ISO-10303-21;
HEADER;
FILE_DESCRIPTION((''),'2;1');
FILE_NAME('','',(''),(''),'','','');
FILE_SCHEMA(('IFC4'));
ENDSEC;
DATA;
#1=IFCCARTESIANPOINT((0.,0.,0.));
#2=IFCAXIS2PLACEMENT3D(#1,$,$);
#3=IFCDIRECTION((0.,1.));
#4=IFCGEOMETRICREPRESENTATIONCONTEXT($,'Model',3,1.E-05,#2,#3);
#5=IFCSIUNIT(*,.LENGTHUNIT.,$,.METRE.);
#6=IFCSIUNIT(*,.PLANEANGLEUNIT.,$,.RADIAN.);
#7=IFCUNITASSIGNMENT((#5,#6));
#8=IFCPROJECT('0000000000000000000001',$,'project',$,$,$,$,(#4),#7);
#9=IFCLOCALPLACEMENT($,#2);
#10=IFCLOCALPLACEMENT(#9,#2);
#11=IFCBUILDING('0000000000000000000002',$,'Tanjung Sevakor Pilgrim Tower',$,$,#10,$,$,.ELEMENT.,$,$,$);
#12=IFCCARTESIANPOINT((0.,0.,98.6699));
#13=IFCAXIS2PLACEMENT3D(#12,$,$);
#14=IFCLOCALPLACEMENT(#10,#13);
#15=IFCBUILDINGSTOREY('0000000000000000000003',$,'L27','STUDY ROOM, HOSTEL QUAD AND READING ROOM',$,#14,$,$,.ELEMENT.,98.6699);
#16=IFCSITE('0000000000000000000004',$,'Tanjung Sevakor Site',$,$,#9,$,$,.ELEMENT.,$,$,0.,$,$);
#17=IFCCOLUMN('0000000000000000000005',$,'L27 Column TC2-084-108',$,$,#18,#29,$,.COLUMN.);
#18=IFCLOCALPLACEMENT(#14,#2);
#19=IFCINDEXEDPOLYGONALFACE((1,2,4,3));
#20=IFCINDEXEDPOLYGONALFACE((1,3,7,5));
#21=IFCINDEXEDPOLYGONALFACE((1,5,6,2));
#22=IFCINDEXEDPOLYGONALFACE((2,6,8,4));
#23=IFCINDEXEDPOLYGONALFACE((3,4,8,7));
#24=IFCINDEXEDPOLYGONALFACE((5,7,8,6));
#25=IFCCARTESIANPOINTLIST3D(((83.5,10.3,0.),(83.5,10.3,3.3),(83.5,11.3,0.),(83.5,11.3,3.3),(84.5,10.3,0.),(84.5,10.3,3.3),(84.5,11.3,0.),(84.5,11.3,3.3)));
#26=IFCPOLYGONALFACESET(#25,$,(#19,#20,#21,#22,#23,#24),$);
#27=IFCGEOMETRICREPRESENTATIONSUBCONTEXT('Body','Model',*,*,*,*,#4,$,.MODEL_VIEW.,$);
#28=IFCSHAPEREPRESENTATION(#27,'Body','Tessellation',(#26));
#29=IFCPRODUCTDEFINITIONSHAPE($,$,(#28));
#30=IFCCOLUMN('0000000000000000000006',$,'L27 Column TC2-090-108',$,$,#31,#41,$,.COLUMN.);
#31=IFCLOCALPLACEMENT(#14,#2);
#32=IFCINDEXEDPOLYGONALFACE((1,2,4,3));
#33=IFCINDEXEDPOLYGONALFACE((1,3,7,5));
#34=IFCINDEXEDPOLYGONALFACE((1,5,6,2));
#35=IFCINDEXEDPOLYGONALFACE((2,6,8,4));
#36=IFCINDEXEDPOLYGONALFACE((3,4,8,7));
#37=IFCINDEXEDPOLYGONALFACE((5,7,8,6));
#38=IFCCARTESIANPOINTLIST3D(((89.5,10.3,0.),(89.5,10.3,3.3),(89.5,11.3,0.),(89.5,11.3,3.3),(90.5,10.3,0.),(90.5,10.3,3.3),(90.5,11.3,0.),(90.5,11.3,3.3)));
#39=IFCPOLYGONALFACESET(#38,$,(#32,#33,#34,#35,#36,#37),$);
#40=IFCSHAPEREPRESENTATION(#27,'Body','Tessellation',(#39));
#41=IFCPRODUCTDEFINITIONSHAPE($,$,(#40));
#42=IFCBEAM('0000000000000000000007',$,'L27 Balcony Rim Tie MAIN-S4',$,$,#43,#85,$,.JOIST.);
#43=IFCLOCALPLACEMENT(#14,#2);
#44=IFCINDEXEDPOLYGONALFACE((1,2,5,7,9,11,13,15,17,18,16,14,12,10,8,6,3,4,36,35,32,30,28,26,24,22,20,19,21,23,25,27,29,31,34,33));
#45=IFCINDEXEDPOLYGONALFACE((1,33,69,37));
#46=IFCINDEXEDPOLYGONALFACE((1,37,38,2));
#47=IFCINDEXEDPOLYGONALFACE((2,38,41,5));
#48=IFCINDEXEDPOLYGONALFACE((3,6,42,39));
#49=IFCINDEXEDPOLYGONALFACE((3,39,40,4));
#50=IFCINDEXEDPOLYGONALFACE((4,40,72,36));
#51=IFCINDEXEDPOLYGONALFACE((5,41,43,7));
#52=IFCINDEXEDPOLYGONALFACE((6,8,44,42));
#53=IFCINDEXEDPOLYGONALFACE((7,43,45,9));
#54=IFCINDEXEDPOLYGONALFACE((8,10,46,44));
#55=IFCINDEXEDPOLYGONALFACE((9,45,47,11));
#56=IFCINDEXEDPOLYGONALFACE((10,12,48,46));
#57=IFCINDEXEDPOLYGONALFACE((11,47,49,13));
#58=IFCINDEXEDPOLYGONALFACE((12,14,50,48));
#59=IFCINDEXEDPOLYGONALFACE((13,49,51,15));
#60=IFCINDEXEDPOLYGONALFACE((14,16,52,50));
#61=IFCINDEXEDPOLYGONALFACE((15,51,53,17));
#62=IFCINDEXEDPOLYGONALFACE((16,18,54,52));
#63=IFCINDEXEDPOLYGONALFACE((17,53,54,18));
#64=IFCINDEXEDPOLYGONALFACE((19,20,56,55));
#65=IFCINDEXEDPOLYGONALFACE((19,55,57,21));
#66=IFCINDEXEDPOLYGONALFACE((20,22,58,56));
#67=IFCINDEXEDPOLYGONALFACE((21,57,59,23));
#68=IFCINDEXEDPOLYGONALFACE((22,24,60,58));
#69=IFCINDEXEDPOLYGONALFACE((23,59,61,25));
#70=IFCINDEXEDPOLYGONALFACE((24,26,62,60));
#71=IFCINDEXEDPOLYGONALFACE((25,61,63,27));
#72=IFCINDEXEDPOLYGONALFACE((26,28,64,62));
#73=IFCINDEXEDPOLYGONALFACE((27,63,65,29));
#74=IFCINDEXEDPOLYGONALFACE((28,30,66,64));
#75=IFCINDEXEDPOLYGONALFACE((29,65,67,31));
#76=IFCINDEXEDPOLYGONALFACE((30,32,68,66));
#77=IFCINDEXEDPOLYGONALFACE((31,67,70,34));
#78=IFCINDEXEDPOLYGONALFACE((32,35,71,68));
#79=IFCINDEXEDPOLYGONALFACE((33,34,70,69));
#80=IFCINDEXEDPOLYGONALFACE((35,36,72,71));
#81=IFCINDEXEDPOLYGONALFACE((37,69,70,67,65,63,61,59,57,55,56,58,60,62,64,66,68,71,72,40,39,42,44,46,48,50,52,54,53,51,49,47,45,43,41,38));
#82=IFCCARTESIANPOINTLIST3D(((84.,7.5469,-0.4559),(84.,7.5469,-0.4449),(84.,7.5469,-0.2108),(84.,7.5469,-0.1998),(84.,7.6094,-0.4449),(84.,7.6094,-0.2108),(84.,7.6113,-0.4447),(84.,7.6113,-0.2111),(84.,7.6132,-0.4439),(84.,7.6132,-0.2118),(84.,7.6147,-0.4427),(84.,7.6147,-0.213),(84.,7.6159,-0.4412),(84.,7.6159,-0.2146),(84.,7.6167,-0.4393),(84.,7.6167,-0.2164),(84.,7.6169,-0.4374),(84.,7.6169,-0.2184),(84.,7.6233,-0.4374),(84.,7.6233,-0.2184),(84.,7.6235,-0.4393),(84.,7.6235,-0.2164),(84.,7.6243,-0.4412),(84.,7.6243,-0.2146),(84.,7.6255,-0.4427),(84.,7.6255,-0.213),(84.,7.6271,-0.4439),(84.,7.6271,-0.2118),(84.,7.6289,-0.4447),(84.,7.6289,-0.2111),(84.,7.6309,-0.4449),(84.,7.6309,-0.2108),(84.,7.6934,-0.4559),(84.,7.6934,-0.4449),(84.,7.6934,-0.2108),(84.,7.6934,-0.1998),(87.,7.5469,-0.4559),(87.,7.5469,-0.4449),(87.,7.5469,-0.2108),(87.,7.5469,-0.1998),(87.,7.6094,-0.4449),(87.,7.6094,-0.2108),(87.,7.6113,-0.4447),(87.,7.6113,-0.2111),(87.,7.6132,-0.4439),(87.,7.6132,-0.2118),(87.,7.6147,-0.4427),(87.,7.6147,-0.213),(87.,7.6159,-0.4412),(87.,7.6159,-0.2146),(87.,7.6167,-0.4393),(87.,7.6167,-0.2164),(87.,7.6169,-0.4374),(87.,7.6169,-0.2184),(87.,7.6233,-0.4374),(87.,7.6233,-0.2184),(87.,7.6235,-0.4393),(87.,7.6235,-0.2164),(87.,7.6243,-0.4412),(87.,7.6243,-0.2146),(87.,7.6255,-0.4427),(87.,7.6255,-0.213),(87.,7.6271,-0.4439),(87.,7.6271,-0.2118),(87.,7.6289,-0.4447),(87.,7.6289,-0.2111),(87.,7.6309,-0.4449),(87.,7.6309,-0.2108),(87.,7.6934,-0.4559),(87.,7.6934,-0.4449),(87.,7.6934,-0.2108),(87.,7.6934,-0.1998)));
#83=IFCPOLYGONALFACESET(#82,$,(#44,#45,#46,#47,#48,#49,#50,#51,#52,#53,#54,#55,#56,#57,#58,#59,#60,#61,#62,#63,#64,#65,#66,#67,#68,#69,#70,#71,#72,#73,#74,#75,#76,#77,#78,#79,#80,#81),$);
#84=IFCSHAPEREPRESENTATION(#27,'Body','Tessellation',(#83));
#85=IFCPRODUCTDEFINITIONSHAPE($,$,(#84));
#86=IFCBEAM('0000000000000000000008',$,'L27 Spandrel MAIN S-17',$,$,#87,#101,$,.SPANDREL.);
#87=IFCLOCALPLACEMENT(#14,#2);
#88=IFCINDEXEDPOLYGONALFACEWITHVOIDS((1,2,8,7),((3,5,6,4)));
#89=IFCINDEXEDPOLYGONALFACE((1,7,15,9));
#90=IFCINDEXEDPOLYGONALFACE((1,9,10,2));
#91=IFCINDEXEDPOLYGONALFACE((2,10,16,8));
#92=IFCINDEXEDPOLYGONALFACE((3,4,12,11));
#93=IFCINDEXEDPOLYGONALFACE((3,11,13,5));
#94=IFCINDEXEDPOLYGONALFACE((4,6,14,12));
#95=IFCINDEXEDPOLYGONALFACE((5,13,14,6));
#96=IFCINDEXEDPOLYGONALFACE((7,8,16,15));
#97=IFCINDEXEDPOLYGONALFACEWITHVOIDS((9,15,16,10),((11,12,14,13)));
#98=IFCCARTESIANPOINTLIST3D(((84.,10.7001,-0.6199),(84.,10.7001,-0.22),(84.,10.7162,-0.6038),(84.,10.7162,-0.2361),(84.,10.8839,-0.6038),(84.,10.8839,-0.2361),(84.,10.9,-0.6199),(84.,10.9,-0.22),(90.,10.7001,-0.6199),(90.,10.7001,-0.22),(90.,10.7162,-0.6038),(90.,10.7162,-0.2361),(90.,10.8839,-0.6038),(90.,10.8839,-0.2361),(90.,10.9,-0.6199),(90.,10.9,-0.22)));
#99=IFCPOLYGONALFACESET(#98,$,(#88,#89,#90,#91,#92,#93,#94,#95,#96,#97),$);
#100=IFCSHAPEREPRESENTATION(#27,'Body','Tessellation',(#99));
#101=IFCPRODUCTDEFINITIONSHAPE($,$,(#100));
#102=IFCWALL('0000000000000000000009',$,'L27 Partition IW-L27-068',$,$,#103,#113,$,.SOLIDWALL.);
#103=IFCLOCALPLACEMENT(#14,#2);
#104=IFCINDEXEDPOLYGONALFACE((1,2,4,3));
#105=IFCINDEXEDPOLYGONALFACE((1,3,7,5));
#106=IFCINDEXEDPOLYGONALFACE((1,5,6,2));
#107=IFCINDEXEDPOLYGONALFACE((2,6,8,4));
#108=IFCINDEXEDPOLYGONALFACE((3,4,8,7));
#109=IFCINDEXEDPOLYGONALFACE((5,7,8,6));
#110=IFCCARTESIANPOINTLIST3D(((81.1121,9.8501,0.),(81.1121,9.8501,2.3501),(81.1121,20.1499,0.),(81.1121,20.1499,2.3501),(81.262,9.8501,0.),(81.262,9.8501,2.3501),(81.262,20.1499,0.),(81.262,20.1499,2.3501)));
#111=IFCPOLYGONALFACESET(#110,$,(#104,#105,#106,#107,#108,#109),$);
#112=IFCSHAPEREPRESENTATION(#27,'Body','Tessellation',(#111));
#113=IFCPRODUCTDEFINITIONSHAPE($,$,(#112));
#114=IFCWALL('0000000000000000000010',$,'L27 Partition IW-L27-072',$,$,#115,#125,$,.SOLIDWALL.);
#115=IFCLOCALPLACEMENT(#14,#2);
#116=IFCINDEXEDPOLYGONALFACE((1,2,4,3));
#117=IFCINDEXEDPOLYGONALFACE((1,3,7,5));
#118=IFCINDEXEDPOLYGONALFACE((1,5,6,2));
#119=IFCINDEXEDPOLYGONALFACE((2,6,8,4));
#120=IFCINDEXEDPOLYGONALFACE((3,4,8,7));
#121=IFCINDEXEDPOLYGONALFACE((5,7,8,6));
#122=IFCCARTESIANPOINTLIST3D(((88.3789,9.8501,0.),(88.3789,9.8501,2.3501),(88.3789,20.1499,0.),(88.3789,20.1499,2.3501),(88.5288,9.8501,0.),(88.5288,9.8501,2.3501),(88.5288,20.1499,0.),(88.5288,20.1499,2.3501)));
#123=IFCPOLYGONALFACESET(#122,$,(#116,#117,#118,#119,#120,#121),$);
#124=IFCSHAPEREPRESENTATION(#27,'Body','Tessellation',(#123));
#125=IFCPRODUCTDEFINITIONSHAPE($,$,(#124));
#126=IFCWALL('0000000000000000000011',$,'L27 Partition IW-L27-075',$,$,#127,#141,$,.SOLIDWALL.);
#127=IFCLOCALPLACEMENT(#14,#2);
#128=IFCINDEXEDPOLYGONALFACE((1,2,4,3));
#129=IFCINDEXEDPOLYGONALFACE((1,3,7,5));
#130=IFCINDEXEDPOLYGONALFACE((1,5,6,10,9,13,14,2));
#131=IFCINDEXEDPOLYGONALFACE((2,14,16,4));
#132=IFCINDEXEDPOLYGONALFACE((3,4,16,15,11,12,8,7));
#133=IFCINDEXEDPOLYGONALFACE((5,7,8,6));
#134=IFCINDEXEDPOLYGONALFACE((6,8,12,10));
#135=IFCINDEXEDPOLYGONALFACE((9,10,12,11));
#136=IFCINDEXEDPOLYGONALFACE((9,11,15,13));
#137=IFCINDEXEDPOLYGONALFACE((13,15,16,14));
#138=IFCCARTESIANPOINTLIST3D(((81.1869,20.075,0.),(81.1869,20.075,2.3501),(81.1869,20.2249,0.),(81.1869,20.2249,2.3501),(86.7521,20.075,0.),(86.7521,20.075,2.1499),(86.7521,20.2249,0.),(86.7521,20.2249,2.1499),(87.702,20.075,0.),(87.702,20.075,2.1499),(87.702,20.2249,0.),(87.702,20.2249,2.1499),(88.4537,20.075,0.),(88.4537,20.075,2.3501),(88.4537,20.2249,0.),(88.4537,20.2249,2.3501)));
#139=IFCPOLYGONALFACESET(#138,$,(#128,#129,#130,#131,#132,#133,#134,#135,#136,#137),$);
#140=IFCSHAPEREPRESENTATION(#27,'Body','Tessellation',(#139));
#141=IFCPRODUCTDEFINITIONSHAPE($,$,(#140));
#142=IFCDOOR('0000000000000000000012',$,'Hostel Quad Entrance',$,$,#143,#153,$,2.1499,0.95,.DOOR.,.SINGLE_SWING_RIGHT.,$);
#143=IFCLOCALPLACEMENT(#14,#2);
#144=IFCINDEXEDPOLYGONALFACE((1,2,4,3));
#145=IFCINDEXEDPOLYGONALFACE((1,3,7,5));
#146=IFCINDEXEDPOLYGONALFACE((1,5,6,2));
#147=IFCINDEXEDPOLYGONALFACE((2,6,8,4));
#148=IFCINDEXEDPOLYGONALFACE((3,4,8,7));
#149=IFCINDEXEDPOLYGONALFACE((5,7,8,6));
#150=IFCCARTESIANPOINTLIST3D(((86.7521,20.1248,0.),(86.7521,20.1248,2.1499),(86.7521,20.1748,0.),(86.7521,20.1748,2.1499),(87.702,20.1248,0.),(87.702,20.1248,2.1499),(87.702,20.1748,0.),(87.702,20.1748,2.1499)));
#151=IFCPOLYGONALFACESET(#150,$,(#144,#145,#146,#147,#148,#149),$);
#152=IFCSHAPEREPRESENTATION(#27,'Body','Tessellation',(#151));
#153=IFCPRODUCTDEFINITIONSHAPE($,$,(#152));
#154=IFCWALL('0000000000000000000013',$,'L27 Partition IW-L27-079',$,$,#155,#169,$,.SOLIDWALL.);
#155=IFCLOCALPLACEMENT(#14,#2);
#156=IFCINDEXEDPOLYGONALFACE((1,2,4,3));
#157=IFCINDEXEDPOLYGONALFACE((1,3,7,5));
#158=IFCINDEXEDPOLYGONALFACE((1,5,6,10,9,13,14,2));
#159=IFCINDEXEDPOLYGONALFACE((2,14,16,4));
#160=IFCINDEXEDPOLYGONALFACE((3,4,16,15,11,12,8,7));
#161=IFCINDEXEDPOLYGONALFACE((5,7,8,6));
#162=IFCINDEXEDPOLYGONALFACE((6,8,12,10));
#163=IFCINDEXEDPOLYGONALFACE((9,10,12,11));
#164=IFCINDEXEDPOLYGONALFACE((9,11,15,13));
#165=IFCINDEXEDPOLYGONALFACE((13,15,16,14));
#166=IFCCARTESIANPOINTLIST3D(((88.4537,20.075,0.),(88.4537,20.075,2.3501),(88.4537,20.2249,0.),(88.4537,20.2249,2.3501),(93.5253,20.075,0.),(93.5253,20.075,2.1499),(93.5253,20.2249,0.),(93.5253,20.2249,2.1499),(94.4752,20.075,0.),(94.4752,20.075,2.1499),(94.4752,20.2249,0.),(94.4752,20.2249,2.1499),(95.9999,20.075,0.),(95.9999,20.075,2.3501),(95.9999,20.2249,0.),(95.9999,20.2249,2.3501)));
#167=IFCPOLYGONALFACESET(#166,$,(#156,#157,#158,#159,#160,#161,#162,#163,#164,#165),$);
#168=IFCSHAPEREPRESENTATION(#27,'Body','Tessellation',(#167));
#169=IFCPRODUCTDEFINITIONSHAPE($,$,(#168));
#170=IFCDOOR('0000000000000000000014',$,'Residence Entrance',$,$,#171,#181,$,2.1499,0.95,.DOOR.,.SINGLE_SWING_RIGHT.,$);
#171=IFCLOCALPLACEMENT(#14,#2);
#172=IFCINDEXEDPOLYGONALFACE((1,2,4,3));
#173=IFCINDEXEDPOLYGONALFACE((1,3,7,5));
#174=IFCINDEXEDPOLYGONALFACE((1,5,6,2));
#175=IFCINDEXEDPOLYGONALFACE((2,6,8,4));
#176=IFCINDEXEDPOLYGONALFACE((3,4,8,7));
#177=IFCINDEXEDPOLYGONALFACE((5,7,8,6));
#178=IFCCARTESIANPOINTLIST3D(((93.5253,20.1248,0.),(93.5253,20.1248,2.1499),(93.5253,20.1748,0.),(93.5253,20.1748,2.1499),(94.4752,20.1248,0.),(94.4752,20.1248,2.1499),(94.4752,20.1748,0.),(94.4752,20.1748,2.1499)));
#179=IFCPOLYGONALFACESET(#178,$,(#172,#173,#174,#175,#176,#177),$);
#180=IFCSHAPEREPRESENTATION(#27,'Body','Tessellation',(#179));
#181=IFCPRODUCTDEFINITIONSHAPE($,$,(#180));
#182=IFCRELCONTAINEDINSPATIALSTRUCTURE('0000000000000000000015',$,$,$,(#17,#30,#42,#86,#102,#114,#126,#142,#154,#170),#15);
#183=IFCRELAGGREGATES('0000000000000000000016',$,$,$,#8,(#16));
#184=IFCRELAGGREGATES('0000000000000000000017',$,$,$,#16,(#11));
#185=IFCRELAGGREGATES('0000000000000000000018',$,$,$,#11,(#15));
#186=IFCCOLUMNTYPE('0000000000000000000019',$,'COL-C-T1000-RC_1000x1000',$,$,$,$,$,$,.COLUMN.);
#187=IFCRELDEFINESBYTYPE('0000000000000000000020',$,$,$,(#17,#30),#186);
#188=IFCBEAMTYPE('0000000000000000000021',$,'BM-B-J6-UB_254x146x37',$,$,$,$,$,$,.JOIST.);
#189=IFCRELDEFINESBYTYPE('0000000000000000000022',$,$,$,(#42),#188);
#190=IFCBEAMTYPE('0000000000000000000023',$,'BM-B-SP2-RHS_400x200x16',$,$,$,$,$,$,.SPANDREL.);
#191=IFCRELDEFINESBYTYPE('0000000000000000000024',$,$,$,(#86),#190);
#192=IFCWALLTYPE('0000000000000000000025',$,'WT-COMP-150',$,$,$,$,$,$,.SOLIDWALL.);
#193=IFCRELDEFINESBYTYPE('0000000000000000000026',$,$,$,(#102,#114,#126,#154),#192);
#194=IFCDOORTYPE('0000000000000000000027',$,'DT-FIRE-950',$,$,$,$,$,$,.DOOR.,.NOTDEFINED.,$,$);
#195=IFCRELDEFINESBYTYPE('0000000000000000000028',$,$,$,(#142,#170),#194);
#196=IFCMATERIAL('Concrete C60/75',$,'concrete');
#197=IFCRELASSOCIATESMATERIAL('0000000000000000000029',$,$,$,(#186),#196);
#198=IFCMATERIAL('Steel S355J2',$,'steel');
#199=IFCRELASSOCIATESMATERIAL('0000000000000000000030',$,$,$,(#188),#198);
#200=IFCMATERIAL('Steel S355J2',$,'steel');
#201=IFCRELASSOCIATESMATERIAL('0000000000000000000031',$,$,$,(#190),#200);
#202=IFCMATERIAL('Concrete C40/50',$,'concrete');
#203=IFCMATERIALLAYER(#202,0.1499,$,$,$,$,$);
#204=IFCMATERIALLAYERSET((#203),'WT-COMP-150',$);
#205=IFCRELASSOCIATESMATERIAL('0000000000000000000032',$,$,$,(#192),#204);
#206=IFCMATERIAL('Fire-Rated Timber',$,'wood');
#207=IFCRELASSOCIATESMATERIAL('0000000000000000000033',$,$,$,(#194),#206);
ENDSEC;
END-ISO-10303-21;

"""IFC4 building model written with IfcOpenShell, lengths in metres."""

from ifc_helpers import new_model, si_unit, direction, frame, frame_2d, origin, origin_2d, place, context, subcontext, project, spatial, rectangle, hollow_rectangle, i_section, extrude, material, layer, layer_set, material_profile, profile_set, type_object, element, fill, save


model = new_model("IFC4")

# Units and contexts
model_context = context("Model", 3, precision=1e-05, world=origin(), true_north=direction((0.0, 1.0)))
body_context = subcontext(model_context, "Body", "Model", "MODEL_VIEW")
ifc_project = project(units=[si_unit("LENGTHUNIT", "METRE"), si_unit("PLANEANGLEUNIT", "RADIAN")], contexts=[model_context])

# Site, building, storey
site_placement = place(None, origin())
site = spatial("IfcSite", under=ifc_project, at=site_placement, Name="Tanjung Sevakor Site", CompositionType="ELEMENT", RefElevation=0.0)
building_placement = place(site_placement, origin())
building = spatial("IfcBuilding", under=site, at=building_placement, Name="Tanjung Sevakor Pilgrim Tower", CompositionType="ELEMENT")
storey_placement = place(building_placement, frame((0.0, 0.0, 98.6699)))
storey = spatial("IfcBuildingStorey", under=building, at=storey_placement, Name="L27", Description="STUDY ROOM, HOSTEL QUAD AND READING ROOM", CompositionType="ELEMENT", Elevation=98.6699)

# Columns
ifc_material_1 = material(Name="Concrete C60/75", Category="concrete")
ifc_material_profile_1 = material_profile(ifc_material_1, rectangle(XDim=1.0, YDim=1.0, at=origin_2d()))
ifc_profile_set_1 = profile_set([ifc_material_profile_1], Name="Concrete C60/75")
column_type = type_object("IfcColumnType", Name="COL-C-T1000-RC_1000x1000", PredefinedType="COLUMN", material=ifc_profile_set_1)
for number, where, z_axis, x_axis, name in (
    (1, (84.0, 10.8, 0.0), (0.0, 0.0, 1.0), (1.0, 0.0, 0.0), "L27 Column TC2-084-108"),
    (2, (90.0, 10.8, 0.0), (0.0, 0.0, 1.0), (1.0, 0.0, 0.0), "L27 Column TC2-090-108"),
):
    element("IfcColumn", number, at=place(storey_placement, frame(where, z_axis=z_axis, x_axis=x_axis)), inside=storey, type_object=column_type, Name=name, PredefinedType="COLUMN", context=body_context, shape_type="SweptSolid", body=[
        extrude(rectangle(XDim=1.0, YDim=1.0, at=origin_2d()), origin(), (0.0, 0.0, 1.0), 3.3),
    ])

# Beams
ifc_material_2 = material(Name="Steel S355J2", Category="steel")
ifc_material_profile_2 = material_profile(ifc_material_2, i_section(OverallWidth=0.1465, OverallDepth=0.2561, WebThickness=0.0063, FlangeThickness=0.011, FilletRadius=0.0076, at=origin_2d()))
ifc_profile_set_2 = profile_set([ifc_material_profile_2], Name="Steel S355J2")
beam_type_1 = type_object("IfcBeamType", Name="BM-B-J6-UB_254x146x37", PredefinedType="JOIST", material=ifc_profile_set_2)
beam_1_placement = place(storey_placement, frame((84.0, 7.6201, -0.3279), z_axis=(1.0, 0.0, 0.0), x_axis=(0.0, 1.0, 0.0)))
element("IfcBeam", 3, at=beam_1_placement, inside=storey, type_object=beam_type_1, Name="L27 Balcony Rim Tie MAIN-S4", PredefinedType="JOIST", context=body_context, shape_type="SweptSolid", body=[
    extrude(i_section(OverallWidth=0.1465, OverallDepth=0.2561, WebThickness=0.0063, FlangeThickness=0.011, FilletRadius=0.0076, at=origin_2d()), origin(), (0.0, 0.0, 1.0), 3.0),
])
ifc_material_3 = material(Name="Steel S355J2", Category="steel")
ifc_material_profile_3 = material_profile(ifc_material_3, hollow_rectangle(XDim=0.2, YDim=0.3999, WallThickness=0.0161, at=origin_2d()))
ifc_profile_set_3 = profile_set([ifc_material_profile_3], Name="Steel S355J2")
beam_type_2 = type_object("IfcBeamType", Name="BM-B-SP2-RHS_400x200x16", PredefinedType="SPANDREL", material=ifc_profile_set_3)
beam_2_placement = place(storey_placement, frame((84.0, 10.8, -0.4199), z_axis=(1.0, 0.0, 0.0), x_axis=(0.0, 1.0, 0.0)))
element("IfcBeam", 4, at=beam_2_placement, inside=storey, type_object=beam_type_2, Name="L27 Spandrel MAIN S-17", PredefinedType="SPANDREL", context=body_context, shape_type="SweptSolid", body=[
    extrude(hollow_rectangle(XDim=0.2, YDim=0.3999, WallThickness=0.0161, at=origin_2d()), origin(), (0.0, 0.0, 1.0), 6.0),
])

# Walls
ifc_material_4 = material(Name="Concrete C40/50", Category="concrete")
ifc_layer_1 = layer(ifc_material_4, 0.1499)
ifc_layer_set_1 = layer_set([ifc_layer_1], Name="WT-COMP-150")
wall_type_1 = type_object("IfcWallType", Name="WT-COMP-150", PredefinedType="SOLIDWALL", material=ifc_layer_set_1)
for number, where, z_axis, x_axis, name in (
    (5, (81.187, 9.8501, 0.0), (0.0, 0.0, 1.0), (0.0, 1.0, 0.0), "L27 Partition IW-L27-068"),
    (6, (88.4539, 9.8501, 0.0), (0.0, 0.0, 1.0), (0.0, 1.0, 0.0), "L27 Partition IW-L27-072"),
):
    element("IfcWall", number, at=place(storey_placement, frame(where, z_axis=z_axis, x_axis=x_axis)), inside=storey, type_object=wall_type_1, Name=name, PredefinedType="SOLIDWALL", context=body_context, shape_type="SweptSolid", body=[
        extrude(rectangle(XDim=10.2998, YDim=0.1499, at=frame_2d((5.1499, 0.0))), origin(), (0.0, 0.0, 1.0), 2.3501),
    ])

# Walls, openings, doors
wall_1_placement = place(storey_placement, frame((81.187, 20.1499, 0.0), z_axis=(0.0, 0.0, 1.0), x_axis=(1.0, 0.0, 0.0)))
wall_1 = element("IfcWall", 7, at=wall_1_placement, inside=storey, type_object=wall_type_1, Name="L27 Partition IW-L27-075", PredefinedType="SOLIDWALL", context=body_context, shape_type="SweptSolid", body=[
    extrude(rectangle(XDim=7.2668, YDim=0.1499, at=frame_2d((3.6333, 0.0))), origin(), (0.0, 0.0, 1.0), 2.3501),
])
opening_1_placement = place(wall_1_placement, frame((5.5649, 0.0, 0.0)))
opening_1 = element("IfcOpeningElement", 8, at=opening_1_placement, cuts=wall_1, PredefinedType="OPENING", context=body_context, shape_type="SweptSolid", body=[
    extrude(rectangle(XDim=0.95, YDim=2.1499, at=frame_2d((0.4751, 1.075))), frame((0.0, 0.085, 0.0), z_axis=(0.0, -1.0, 0.0), x_axis=(1.0, 0.0, 0.0)), (0.0, 0.0, 1.0), 0.1699),
])
ifc_material_5 = material(Name="Fire-Rated Timber", Category="wood")
door_type_1 = type_object("IfcDoorType", Name="DT-FIRE-950", OperationType="NOTDEFINED", PredefinedType="DOOR", material=ifc_material_5)
door_1_placement = place(opening_1_placement, origin())
door_1 = element("IfcDoor", 9, at=door_1_placement, inside=storey, type_object=door_type_1, Name="Hostel Quad Entrance", OperationType="SINGLE_SWING_RIGHT", OverallHeight=2.1499, OverallWidth=0.95, PredefinedType="DOOR", context=body_context, shape_type="SweptSolid", body=[
    extrude(rectangle(XDim=0.95, YDim=2.1499, at=frame_2d((0.4751, 1.075))), frame((0.0, 0.0249, 0.0), z_axis=(0.0, -1.0, 0.0), x_axis=(1.0, 0.0, 0.0)), (0.0, 0.0, 1.0), 0.05),
])
fill(opening_1, door_1)
wall_2_placement = place(storey_placement, frame((88.4539, 20.1499, 0.0), z_axis=(0.0, 0.0, 1.0), x_axis=(1.0, 0.0, 0.0)))
wall_2 = element("IfcWall", 10, at=wall_2_placement, inside=storey, type_object=wall_type_1, Name="L27 Partition IW-L27-079", PredefinedType="SOLIDWALL", context=body_context, shape_type="SweptSolid", body=[
    extrude(rectangle(XDim=7.5461, YDim=0.1499, at=frame_2d((3.7729, 0.0))), origin(), (0.0, 0.0, 1.0), 2.3501),
])
opening_2_placement = place(wall_2_placement, frame((5.0713, 0.0, 0.0)))
opening_2 = element("IfcOpeningElement", 11, at=opening_2_placement, cuts=wall_2, PredefinedType="OPENING", context=body_context, shape_type="SweptSolid", body=[
    extrude(rectangle(XDim=0.95, YDim=2.1499, at=frame_2d((0.4751, 1.075))), frame((0.0, 0.085, 0.0), z_axis=(0.0, -1.0, 0.0), x_axis=(1.0, 0.0, 0.0)), (0.0, 0.0, 1.0), 0.1699),
])
door_2_placement = place(opening_2_placement, origin())
door_2 = element("IfcDoor", 12, at=door_2_placement, inside=storey, type_object=door_type_1, Name="Residence Entrance", OperationType="SINGLE_SWING_RIGHT", OverallHeight=2.1499, OverallWidth=0.95, PredefinedType="DOOR", context=body_context, shape_type="SweptSolid", body=[
    extrude(rectangle(XDim=0.95, YDim=2.1499, at=frame_2d((0.4751, 1.075))), frame((0.0, 0.0249, 0.0), z_axis=(0.0, -1.0, 0.0), x_axis=(1.0, 0.0, 0.0)), (0.0, 0.0, 1.0), 0.05),
])
fill(opening_2, door_2)

save(model, "model.ifc")
